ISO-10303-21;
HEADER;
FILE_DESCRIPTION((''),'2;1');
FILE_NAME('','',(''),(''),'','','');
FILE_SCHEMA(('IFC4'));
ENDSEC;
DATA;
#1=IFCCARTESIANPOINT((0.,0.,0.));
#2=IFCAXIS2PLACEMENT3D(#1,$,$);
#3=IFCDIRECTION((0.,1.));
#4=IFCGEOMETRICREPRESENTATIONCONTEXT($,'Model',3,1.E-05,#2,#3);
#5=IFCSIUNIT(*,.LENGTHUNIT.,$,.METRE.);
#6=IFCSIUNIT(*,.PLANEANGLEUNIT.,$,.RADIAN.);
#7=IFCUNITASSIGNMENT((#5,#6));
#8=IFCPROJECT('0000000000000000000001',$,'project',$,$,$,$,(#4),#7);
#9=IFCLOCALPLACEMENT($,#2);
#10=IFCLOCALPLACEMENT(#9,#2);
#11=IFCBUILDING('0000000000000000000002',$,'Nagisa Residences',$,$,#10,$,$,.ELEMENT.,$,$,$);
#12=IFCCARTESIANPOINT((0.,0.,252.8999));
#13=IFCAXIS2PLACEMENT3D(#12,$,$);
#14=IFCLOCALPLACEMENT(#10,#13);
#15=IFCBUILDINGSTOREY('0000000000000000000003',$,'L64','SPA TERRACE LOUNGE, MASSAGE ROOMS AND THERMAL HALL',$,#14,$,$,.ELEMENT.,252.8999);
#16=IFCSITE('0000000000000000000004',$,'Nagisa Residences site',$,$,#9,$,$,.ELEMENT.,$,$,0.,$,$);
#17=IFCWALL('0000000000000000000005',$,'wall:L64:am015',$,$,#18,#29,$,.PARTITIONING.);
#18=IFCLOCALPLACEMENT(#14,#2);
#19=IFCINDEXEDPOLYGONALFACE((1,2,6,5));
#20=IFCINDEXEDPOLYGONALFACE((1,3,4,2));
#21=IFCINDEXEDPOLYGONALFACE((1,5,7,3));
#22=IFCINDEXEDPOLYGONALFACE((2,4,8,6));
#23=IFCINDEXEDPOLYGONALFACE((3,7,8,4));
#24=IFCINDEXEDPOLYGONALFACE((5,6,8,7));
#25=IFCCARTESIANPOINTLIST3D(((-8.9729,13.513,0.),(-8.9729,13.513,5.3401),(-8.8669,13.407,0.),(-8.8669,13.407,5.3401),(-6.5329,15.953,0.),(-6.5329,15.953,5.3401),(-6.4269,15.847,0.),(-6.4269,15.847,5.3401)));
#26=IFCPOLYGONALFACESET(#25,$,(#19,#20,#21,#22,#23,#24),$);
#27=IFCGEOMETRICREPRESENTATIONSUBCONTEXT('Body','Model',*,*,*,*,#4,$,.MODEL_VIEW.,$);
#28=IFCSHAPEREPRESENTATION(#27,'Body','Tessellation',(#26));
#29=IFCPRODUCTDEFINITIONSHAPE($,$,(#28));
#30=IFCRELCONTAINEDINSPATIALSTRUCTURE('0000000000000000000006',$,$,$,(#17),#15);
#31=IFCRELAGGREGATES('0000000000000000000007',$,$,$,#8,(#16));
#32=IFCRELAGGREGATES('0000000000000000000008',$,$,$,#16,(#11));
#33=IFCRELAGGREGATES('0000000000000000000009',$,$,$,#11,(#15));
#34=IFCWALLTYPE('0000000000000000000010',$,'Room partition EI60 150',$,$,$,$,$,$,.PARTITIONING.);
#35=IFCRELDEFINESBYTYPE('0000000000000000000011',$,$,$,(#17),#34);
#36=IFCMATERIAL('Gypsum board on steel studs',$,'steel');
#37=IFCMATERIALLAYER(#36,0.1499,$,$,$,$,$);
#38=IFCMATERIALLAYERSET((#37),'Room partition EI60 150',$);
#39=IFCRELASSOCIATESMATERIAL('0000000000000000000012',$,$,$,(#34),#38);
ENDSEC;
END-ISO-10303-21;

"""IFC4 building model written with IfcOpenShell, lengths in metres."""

from ifc_helpers import new_model, si_unit, direction, frame, frame_2d, origin, place, context, subcontext, project, spatial, rectangle, extrude, material, layer, layer_set, type_object, element, save


model = new_model("IFC4")

# Units and contexts
model_context = context("Model", 3, precision=1e-05, world=origin(), true_north=direction((0.0, 1.0)))
body_context = subcontext(model_context, "Body", "Model", "MODEL_VIEW")
ifc_project = project(units=[si_unit("LENGTHUNIT", "METRE"), si_unit("PLANEANGLEUNIT", "RADIAN")], contexts=[model_context])

# Site, building, storey
site_placement = place(None, origin())
site = spatial("IfcSite", under=ifc_project, at=site_placement, Name="Nagisa Residences site", CompositionType="ELEMENT", RefElevation=0.0)
building_placement = place(site_placement, origin())
building = spatial("IfcBuilding", under=site, at=building_placement, Name="Nagisa Residences", CompositionType="ELEMENT")
storey_placement = place(building_placement, frame((0.0, 0.0, 252.8999)))
storey = spatial("IfcBuildingStorey", under=building, at=storey_placement, Name="L64", Description="SPA TERRACE LOUNGE, MASSAGE ROOMS AND THERMAL HALL", CompositionType="ELEMENT", Elevation=252.8999)

# Shared definitions
ifc_material_1 = material(Name="Gypsum board on steel studs", Category="steel")
ifc_layer_1 = layer(ifc_material_1, 0.1499)
ifc_layer_set_1 = layer_set([ifc_layer_1], Name="Room partition EI60 150")
wall_type_1 = type_object("IfcWallType", Name="Room partition EI60 150", PredefinedType="PARTITIONING", material=ifc_layer_set_1)

# Wall
wall_1_placement = place(storey_placement, frame((-8.9199, 13.46, 0.0), z_axis=(0.0, 0.0, 1.0), x_axis=(0.707107, 0.707107, 0.0)))
element("IfcWall", 1, at=wall_1_placement, inside=storey, type_object=wall_type_1, Name="wall:L64:am015", PredefinedType="PARTITIONING", context=body_context, shape_type="SweptSolid", body=[
    extrude(rectangle(XDim=3.4507, YDim=0.1499, at=frame_2d((1.7253, 0.0))), origin(), (0.0, 0.0, 1.0), 5.3401),
])

save(model, "model.ifc")
